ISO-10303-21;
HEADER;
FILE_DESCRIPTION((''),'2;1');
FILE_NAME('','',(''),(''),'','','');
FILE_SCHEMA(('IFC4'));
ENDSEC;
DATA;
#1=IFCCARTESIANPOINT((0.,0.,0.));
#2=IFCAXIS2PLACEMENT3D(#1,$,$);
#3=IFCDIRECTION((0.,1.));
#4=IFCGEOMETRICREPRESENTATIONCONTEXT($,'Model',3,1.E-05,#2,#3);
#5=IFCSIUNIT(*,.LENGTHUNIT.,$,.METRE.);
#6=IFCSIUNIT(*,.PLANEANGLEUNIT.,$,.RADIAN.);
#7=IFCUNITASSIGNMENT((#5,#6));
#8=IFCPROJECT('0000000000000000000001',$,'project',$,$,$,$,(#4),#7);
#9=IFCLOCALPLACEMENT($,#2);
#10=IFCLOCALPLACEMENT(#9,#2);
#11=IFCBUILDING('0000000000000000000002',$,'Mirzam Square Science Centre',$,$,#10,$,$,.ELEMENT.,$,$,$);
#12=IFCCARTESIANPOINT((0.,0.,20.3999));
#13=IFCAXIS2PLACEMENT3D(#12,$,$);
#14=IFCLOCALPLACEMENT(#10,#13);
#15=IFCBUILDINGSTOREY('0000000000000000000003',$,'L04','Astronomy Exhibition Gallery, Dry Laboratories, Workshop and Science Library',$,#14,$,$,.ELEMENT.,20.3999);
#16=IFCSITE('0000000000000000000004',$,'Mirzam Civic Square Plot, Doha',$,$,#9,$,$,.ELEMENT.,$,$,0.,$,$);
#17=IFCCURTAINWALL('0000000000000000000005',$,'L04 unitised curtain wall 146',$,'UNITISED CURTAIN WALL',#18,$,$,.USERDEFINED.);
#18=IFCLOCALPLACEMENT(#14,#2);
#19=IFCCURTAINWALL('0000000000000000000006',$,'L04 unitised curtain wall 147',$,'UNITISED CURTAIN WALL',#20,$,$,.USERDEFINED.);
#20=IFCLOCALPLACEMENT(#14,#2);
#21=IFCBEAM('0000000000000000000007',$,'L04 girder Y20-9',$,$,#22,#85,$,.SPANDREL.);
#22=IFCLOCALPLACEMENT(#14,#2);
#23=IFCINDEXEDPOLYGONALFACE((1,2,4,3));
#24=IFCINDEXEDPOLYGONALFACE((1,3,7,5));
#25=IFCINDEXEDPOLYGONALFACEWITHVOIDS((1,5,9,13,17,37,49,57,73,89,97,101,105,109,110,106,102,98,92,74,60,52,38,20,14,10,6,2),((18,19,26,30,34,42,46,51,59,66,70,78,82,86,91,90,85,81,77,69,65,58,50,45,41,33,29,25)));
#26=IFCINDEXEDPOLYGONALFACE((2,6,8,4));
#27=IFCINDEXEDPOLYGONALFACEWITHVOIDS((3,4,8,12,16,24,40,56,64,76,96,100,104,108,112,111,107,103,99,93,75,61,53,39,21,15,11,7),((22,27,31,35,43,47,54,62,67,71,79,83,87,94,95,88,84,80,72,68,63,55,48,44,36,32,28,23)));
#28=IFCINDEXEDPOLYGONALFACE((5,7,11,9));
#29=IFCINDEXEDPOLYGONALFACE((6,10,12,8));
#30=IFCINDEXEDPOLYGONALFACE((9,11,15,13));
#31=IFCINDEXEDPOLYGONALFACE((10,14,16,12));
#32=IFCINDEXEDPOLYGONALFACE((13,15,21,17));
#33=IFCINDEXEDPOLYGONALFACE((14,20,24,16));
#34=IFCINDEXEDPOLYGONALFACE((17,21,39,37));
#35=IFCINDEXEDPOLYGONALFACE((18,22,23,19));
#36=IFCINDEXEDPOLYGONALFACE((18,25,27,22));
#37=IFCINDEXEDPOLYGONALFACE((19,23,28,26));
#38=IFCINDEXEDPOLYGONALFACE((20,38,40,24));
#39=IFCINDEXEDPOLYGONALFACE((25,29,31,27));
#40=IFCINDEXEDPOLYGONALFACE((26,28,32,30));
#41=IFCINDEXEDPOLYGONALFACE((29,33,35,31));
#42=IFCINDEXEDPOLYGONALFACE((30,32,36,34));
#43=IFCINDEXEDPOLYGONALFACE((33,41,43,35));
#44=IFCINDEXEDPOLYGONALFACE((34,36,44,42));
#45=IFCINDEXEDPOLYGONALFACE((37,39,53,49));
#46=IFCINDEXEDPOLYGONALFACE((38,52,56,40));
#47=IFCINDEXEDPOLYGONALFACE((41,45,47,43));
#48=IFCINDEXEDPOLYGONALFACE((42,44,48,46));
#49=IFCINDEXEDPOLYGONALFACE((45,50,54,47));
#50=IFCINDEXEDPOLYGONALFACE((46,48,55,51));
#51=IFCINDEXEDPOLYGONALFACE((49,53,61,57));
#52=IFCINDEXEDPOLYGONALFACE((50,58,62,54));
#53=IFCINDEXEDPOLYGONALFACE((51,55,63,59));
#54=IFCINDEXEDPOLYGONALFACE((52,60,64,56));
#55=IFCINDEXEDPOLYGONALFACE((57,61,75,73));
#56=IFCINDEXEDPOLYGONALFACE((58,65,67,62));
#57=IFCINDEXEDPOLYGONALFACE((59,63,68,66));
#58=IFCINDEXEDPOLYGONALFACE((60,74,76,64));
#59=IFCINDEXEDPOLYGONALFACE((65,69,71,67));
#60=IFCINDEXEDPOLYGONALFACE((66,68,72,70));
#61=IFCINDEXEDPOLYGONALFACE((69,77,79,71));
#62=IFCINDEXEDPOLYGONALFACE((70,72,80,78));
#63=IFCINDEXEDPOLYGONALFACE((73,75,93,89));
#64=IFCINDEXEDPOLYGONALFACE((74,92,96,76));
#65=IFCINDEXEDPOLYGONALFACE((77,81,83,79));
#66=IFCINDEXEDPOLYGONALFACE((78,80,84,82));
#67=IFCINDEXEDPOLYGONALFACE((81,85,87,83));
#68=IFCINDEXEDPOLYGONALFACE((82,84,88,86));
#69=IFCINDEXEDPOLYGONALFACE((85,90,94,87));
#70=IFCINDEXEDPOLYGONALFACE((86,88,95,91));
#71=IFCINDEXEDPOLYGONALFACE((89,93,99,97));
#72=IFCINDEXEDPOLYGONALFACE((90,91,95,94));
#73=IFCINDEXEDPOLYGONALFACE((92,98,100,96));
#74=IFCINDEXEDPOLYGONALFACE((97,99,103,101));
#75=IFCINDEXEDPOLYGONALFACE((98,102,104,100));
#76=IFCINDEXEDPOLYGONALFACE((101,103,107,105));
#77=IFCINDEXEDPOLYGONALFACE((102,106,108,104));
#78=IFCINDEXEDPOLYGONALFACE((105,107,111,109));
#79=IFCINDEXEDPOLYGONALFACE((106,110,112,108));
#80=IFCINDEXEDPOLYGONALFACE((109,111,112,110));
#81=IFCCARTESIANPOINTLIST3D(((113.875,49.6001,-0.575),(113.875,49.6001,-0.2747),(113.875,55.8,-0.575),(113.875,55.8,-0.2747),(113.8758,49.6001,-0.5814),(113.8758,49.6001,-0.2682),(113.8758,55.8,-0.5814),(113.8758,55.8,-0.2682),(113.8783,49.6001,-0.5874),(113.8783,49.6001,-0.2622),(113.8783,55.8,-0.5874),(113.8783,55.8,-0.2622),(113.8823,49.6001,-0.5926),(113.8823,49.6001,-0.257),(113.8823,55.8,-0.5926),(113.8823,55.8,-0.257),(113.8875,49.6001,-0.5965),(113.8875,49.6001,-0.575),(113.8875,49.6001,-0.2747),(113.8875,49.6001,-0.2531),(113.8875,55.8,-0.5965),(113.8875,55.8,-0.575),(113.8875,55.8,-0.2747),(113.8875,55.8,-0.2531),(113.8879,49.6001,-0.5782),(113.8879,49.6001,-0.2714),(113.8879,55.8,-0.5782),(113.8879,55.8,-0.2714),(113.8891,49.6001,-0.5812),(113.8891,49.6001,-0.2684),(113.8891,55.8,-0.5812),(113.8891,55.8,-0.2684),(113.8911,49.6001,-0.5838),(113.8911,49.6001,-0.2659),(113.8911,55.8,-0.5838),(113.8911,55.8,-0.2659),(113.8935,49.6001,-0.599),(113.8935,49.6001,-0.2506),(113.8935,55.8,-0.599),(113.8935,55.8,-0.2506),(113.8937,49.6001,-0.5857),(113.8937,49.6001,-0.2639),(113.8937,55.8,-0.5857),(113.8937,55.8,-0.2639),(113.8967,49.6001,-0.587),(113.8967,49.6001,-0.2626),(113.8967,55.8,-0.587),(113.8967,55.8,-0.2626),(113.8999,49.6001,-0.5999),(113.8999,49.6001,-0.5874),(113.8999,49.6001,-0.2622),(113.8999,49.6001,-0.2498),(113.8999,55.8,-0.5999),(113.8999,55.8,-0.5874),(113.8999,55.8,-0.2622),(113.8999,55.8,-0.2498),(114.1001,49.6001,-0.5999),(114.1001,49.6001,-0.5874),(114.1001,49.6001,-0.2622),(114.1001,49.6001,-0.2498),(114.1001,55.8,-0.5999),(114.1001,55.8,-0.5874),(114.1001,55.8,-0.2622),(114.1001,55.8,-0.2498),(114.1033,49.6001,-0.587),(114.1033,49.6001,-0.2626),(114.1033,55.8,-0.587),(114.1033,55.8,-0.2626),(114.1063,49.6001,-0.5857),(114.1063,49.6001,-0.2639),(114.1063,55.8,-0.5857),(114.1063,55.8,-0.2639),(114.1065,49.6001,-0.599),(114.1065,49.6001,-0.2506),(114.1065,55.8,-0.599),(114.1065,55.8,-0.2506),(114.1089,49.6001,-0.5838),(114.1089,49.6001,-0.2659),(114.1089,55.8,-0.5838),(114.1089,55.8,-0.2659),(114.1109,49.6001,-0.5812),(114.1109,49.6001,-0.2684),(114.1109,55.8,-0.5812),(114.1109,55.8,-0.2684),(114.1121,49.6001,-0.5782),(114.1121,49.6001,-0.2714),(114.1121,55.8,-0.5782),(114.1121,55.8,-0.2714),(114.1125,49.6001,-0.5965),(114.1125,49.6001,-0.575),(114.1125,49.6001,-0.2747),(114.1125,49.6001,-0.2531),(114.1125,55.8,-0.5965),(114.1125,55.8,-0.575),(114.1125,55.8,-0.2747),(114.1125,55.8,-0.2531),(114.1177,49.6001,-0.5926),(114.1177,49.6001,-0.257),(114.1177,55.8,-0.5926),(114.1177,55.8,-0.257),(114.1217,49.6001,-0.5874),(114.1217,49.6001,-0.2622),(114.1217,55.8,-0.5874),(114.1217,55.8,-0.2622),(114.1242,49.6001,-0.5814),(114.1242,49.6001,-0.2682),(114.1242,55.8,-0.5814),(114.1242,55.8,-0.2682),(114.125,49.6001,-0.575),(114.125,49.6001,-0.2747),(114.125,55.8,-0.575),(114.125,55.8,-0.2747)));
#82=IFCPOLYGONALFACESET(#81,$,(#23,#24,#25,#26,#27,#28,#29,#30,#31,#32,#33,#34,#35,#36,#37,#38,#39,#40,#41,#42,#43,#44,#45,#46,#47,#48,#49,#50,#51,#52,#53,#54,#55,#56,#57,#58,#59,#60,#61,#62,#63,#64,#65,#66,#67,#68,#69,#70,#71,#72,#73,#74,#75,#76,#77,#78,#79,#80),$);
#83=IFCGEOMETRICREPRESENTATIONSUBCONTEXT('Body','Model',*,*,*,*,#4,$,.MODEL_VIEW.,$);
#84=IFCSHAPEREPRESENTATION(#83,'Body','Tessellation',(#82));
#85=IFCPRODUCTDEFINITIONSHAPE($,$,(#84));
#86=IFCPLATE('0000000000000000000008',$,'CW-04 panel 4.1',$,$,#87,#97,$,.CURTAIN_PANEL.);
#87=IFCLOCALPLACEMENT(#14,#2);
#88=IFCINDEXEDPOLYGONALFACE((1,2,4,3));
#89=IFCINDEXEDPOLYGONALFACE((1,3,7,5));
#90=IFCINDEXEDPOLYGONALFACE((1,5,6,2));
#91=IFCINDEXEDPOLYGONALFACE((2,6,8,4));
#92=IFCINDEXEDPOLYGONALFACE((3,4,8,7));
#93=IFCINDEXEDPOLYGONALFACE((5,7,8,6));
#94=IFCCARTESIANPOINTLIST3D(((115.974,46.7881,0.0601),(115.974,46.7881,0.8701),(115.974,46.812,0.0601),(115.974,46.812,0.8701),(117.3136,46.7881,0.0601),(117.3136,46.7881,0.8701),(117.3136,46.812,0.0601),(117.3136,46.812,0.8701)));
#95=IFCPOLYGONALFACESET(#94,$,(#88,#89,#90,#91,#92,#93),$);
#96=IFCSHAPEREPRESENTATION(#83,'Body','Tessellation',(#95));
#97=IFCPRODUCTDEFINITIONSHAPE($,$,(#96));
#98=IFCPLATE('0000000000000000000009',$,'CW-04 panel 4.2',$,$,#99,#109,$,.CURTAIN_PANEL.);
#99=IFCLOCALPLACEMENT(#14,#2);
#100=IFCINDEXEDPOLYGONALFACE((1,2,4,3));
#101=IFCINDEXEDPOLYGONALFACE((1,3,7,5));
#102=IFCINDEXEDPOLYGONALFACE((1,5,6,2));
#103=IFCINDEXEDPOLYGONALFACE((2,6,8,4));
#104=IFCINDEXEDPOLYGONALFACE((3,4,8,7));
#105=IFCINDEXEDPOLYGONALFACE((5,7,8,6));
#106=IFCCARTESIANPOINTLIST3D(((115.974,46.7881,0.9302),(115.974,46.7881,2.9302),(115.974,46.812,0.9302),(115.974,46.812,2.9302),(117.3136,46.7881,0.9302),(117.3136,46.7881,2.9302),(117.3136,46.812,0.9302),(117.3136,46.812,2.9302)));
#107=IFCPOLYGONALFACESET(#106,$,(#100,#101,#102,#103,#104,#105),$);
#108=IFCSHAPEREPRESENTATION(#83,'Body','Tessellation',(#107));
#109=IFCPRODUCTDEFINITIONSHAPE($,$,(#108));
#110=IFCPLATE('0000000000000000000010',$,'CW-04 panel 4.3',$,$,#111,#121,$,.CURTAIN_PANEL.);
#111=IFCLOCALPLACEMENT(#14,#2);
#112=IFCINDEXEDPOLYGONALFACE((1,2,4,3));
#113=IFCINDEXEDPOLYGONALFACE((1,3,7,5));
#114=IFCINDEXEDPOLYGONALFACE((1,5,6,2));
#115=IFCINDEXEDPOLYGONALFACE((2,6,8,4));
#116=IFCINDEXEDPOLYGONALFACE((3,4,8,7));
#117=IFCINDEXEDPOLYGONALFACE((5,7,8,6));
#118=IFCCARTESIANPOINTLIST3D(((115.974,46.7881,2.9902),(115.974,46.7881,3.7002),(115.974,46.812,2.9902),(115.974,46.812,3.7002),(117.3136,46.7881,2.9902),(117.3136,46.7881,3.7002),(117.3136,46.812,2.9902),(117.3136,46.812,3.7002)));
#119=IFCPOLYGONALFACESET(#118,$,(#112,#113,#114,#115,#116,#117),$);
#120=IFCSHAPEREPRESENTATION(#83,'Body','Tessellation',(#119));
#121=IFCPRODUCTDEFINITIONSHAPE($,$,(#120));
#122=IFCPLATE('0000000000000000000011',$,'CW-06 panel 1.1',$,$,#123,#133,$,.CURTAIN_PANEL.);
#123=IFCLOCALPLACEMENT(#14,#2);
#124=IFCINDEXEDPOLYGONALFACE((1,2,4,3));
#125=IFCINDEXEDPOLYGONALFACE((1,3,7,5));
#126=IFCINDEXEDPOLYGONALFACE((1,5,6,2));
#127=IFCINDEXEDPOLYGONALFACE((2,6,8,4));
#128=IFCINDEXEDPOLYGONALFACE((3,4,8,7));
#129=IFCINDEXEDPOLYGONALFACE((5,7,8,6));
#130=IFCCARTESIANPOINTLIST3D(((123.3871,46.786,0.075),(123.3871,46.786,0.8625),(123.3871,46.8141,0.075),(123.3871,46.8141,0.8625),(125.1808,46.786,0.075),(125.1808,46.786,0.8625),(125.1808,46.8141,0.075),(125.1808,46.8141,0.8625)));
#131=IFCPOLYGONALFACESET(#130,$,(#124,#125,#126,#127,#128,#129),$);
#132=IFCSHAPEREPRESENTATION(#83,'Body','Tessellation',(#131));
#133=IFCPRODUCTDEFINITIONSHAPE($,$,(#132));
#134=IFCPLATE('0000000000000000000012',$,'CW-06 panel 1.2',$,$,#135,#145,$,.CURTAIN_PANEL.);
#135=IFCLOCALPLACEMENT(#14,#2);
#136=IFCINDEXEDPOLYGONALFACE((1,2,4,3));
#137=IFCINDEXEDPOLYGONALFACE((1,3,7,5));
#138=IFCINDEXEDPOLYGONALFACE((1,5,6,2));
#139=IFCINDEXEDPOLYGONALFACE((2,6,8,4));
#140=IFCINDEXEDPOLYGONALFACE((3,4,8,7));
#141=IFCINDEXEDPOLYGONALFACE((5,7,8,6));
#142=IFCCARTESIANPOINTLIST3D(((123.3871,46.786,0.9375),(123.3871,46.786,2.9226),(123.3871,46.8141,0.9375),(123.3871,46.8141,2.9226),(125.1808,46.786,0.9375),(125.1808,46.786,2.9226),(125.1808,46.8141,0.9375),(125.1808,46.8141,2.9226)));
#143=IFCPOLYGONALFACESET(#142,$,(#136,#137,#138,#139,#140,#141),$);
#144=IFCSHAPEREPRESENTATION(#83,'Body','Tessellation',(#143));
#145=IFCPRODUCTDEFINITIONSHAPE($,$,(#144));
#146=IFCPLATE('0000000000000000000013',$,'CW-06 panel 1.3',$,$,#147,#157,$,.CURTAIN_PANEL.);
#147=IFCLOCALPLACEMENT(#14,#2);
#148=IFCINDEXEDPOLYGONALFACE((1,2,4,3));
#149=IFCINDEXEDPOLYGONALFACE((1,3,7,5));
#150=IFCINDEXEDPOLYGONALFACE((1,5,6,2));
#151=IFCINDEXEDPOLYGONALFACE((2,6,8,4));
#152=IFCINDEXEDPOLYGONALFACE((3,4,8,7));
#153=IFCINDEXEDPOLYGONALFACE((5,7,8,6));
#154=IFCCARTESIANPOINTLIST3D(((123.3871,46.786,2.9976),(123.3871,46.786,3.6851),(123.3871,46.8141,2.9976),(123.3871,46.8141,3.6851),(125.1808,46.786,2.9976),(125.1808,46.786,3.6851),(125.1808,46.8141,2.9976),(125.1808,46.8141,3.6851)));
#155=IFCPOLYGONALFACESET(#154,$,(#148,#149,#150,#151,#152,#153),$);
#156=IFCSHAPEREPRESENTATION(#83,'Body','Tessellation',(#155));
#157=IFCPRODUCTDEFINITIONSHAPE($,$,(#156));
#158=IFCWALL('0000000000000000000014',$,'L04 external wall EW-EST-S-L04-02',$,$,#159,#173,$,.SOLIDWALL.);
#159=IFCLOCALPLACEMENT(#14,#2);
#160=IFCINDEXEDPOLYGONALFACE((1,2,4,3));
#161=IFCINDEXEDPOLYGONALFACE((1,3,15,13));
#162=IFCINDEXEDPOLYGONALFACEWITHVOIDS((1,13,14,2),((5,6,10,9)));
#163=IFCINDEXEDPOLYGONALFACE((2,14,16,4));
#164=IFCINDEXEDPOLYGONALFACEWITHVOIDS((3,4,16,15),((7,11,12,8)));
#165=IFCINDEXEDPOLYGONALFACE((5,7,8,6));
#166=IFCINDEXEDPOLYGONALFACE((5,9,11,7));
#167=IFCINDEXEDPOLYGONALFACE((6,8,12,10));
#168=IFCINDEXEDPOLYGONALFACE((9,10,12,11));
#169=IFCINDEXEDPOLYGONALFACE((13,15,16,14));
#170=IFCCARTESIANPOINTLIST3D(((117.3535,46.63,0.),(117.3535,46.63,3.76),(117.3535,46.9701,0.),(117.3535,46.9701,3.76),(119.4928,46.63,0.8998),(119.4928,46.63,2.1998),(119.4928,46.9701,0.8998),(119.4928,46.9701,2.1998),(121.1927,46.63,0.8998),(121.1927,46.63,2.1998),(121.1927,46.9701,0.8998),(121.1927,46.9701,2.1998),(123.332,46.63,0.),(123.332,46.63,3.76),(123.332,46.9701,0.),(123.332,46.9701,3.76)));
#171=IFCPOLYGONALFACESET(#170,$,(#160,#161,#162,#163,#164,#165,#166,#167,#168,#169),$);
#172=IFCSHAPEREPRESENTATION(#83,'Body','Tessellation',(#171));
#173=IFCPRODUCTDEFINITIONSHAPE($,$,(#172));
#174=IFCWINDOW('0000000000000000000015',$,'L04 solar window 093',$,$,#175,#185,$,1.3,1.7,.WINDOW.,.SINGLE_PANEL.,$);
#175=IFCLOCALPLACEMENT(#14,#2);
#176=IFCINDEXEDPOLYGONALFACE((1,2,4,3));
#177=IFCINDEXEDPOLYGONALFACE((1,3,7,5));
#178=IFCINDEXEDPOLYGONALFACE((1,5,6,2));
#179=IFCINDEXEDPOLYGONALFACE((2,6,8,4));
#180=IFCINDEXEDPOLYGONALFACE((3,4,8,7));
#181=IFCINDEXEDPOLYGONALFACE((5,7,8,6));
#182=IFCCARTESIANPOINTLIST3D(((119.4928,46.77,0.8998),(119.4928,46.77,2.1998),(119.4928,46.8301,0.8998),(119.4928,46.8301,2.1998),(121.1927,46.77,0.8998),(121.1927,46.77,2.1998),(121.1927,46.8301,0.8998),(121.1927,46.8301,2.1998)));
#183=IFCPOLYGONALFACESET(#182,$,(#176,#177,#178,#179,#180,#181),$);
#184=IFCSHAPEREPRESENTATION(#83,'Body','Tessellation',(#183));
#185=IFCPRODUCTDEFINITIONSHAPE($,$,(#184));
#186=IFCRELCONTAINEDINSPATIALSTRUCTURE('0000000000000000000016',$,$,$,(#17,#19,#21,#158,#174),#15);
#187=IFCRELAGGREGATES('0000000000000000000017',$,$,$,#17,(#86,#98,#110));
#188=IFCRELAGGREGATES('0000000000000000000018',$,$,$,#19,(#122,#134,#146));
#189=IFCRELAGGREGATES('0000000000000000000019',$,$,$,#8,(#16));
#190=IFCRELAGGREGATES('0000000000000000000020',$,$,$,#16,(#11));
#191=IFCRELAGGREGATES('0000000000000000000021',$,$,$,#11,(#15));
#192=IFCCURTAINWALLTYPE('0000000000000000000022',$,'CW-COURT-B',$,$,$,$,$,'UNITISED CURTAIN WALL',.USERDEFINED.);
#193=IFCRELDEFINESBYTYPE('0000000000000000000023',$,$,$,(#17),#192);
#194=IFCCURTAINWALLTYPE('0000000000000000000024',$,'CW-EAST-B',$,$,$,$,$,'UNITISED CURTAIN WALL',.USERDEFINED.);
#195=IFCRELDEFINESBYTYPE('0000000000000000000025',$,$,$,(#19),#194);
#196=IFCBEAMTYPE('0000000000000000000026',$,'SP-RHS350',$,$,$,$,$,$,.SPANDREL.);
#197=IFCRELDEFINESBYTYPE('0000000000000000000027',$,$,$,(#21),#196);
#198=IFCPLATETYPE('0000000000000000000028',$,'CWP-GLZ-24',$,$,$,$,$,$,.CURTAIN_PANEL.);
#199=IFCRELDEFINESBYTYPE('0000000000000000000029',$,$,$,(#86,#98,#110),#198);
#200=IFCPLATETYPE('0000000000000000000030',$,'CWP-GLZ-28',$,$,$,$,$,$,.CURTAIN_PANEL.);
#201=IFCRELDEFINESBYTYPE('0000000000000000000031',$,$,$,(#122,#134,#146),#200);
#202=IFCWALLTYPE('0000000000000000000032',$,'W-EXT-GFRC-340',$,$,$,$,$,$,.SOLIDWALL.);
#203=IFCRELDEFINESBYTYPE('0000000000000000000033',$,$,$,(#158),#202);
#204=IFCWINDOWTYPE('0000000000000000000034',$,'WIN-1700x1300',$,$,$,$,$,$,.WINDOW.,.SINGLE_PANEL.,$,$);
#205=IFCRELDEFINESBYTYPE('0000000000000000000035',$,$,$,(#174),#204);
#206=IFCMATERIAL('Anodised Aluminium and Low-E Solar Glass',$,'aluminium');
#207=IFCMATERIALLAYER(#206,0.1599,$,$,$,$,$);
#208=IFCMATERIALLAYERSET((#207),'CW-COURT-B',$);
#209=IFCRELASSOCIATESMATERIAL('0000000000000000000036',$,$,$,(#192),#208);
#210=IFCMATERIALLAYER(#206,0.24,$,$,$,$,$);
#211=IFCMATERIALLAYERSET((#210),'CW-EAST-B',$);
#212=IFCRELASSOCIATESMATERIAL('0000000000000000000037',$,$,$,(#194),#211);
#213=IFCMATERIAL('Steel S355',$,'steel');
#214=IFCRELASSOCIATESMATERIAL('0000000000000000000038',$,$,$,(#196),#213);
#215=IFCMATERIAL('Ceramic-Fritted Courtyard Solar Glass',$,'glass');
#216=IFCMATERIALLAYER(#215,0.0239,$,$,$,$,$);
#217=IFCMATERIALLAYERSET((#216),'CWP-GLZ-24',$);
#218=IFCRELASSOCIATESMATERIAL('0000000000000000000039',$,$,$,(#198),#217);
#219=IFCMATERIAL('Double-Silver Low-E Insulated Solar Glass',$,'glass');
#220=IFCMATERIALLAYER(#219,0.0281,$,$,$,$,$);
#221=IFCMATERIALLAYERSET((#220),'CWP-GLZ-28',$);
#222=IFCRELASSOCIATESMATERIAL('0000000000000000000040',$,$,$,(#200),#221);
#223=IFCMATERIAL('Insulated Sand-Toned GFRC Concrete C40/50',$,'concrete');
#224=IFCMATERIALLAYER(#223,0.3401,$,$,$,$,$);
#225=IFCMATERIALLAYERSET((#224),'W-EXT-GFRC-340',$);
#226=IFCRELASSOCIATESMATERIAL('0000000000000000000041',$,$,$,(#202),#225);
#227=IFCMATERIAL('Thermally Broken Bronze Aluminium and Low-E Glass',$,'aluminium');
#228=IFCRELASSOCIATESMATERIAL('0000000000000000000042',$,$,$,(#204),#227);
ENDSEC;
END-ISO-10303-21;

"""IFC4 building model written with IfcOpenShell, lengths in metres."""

from ifc_helpers import new_model, si_unit, direction, frame, frame_2d, origin, origin_2d, place, context, subcontext, project, spatial, rectangle, hollow_rectangle, extrude, material, layer, layer_set, material_profile, profile_set, type_object, element, fill, aggregate, save


model = new_model("IFC4")

# Units and contexts
model_context = context("Model", 3, precision=1e-05, world=origin(), true_north=direction((0.0, 1.0)))
body_context = subcontext(model_context, "Body", "Model", "MODEL_VIEW")
ifc_project = project(units=[si_unit("LENGTHUNIT", "METRE"), si_unit("PLANEANGLEUNIT", "RADIAN")], contexts=[model_context])

# Site, building, storey
site_placement = place(None, origin())
site = spatial("IfcSite", under=ifc_project, at=site_placement, Name="Mirzam Civic Square Plot, Doha", CompositionType="ELEMENT", RefElevation=0.0)
building_placement = place(site_placement, origin())
building = spatial("IfcBuilding", under=site, at=building_placement, Name="Mirzam Square Science Centre", CompositionType="ELEMENT")
storey_placement = place(building_placement, frame((0.0, 0.0, 20.3999)))
storey = spatial("IfcBuildingStorey", under=building, at=storey_placement, Name="L04", Description="Astronomy Exhibition Gallery, Dry Laboratories, Workshop and Science Library", CompositionType="ELEMENT", Elevation=20.3999)

# Shared definitions
ifc_material_1 = material(Name="Steel S355", Category="steel")

# Curtain walls
ifc_material_2 = material(Name="Anodised Aluminium and Low-E Solar Glass", Category="aluminium")
ifc_layer_1 = layer(ifc_material_2, 0.1599)
ifc_layer_set_1 = layer_set([ifc_layer_1], Name="CW-COURT-B")
curtain_wall_type_1 = type_object("IfcCurtainWallType", Name="CW-COURT-B", ElementType="UNITISED CURTAIN WALL", PredefinedType="USERDEFINED", material=ifc_layer_set_1)
curtain_wall_1_placement = place(storey_placement, origin())
curtain_wall_1 = element("IfcCurtainWall", 1, at=curtain_wall_1_placement, inside=storey, type_object=curtain_wall_type_1, Name="L04 unitised curtain wall 146", ObjectType="UNITISED CURTAIN WALL", PredefinedType="USERDEFINED")
ifc_layer_2 = layer(ifc_material_2, 0.24)
ifc_layer_set_2 = layer_set([ifc_layer_2], Name="CW-EAST-B")
curtain_wall_type_2 = type_object("IfcCurtainWallType", Name="CW-EAST-B", ElementType="UNITISED CURTAIN WALL", PredefinedType="USERDEFINED", material=ifc_layer_set_2)
curtain_wall_2_placement = place(storey_placement, origin())
curtain_wall_2 = element("IfcCurtainWall", 2, at=curtain_wall_2_placement, inside=storey, type_object=curtain_wall_type_2, Name="L04 unitised curtain wall 147", ObjectType="UNITISED CURTAIN WALL", PredefinedType="USERDEFINED")

# Beam
ifc_material_profile_1 = material_profile(ifc_material_1, hollow_rectangle(XDim=0.25, YDim=0.3501, WallThickness=0.0125, InnerFilletRadius=0.0125, OuterFilletRadius=0.0249, at=origin_2d()), Name="350x250x12.5RHS")
ifc_profile_set_1 = profile_set([ifc_material_profile_1], Name="Steel S355")
beam_type_1 = type_object("IfcBeamType", Name="SP-RHS350", PredefinedType="SPANDREL", material=ifc_profile_set_1)
beam_1_placement = place(storey_placement, frame((114.0, 49.6001, -0.4248), z_axis=(0.0, 1.0, 0.0), x_axis=(-1.0, 0.0, 0.0)))
element("IfcBeam", 3, at=beam_1_placement, inside=storey, type_object=beam_type_1, Name="L04 girder Y20-9", PredefinedType="SPANDREL", context=body_context, shape_type="SweptSolid", body=[
    extrude(hollow_rectangle(XDim=0.25, YDim=0.3501, WallThickness=0.0125, InnerFilletRadius=0.0125, OuterFilletRadius=0.0249, at=origin_2d()), origin(), (0.0, 0.0, 1.0), 6.2),
])

# Plates
ifc_material_3 = material(Name="Ceramic-Fritted Courtyard Solar Glass", Category="glass")
ifc_layer_3 = layer(ifc_material_3, 0.0239)
ifc_layer_set_3 = layer_set([ifc_layer_3], Name="CWP-GLZ-24")
plate_type_1 = type_object("IfcPlateType", Name="CWP-GLZ-24", PredefinedType="CURTAIN_PANEL", material=ifc_layer_set_3)
plate_1_placement = place(storey_placement, frame((116.6438, 46.8, 0.0601), z_axis=(0.0, 0.0, 1.0), x_axis=(1.0, 0.0, 0.0)))
plate_1 = element("IfcPlate", 4, at=plate_1_placement, type_object=plate_type_1, Name="CW-04 panel 4.1", PredefinedType="CURTAIN_PANEL", context=body_context, shape_type="SweptSolid", body=[
    extrude(rectangle(XDim=1.3396, YDim=0.0239, at=origin_2d()), origin(), (0.0, 0.0, 1.0), 0.8101),
])
plate_2_placement = place(storey_placement, frame((116.6438, 46.8, 0.9302), z_axis=(0.0, 0.0, 1.0), x_axis=(1.0, 0.0, 0.0)))
plate_2 = element("IfcPlate", 5, at=plate_2_placement, type_object=plate_type_1, Name="CW-04 panel 4.2", PredefinedType="CURTAIN_PANEL", context=body_context, shape_type="SweptSolid", body=[
    extrude(rectangle(XDim=1.3396, YDim=0.0239, at=origin_2d()), origin(), (0.0, 0.0, 1.0), 2.0),
])
plate_3_placement = place(storey_placement, frame((116.6438, 46.8, 2.9902), z_axis=(0.0, 0.0, 1.0), x_axis=(1.0, 0.0, 0.0)))
plate_3 = element("IfcPlate", 6, at=plate_3_placement, type_object=plate_type_1, Name="CW-04 panel 4.3", PredefinedType="CURTAIN_PANEL", context=body_context, shape_type="SweptSolid", body=[
    extrude(rectangle(XDim=1.3396, YDim=0.0239, at=origin_2d()), origin(), (0.0, 0.0, 1.0), 0.71),
])
aggregate(curtain_wall_1, [plate_1, plate_2, plate_3])
ifc_material_4 = material(Name="Double-Silver Low-E Insulated Solar Glass", Category="glass")
ifc_layer_4 = layer(ifc_material_4, 0.0281)
ifc_layer_set_4 = layer_set([ifc_layer_4], Name="CWP-GLZ-28")
plate_type_2 = type_object("IfcPlateType", Name="CWP-GLZ-28", PredefinedType="CURTAIN_PANEL", material=ifc_layer_set_4)
plate_4_placement = place(storey_placement, frame((124.2839, 46.8, 0.075), z_axis=(0.0, 0.0, 1.0), x_axis=(1.0, 0.0, 0.0)))
plate_4 = element("IfcPlate", 7, at=plate_4_placement, type_object=plate_type_2, Name="CW-06 panel 1.1", PredefinedType="CURTAIN_PANEL", context=body_context, shape_type="SweptSolid", body=[
    extrude(rectangle(XDim=1.7937, YDim=0.0281, at=origin_2d()), origin(), (0.0, 0.0, 1.0), 0.7876),
])
plate_5_placement = place(storey_placement, frame((124.2839, 46.8, 0.9375), z_axis=(0.0, 0.0, 1.0), x_axis=(1.0, 0.0, 0.0)))
plate_5 = element("IfcPlate", 8, at=plate_5_placement, type_object=plate_type_2, Name="CW-06 panel 1.2", PredefinedType="CURTAIN_PANEL", context=body_context, shape_type="SweptSolid", body=[
    extrude(rectangle(XDim=1.7937, YDim=0.0281, at=origin_2d()), origin(), (0.0, 0.0, 1.0), 1.9851),
])
plate_6_placement = place(storey_placement, frame((124.2839, 46.8, 2.9976), z_axis=(0.0, 0.0, 1.0), x_axis=(1.0, 0.0, 0.0)))
plate_6 = element("IfcPlate", 9, at=plate_6_placement, type_object=plate_type_2, Name="CW-06 panel 1.3", PredefinedType="CURTAIN_PANEL", context=body_context, shape_type="SweptSolid", body=[
    extrude(rectangle(XDim=1.7937, YDim=0.0281, at=origin_2d()), origin(), (0.0, 0.0, 1.0), 0.6875),
])
aggregate(curtain_wall_2, [plate_4, plate_5, plate_6])

# Wall, opening, window
ifc_material_5 = material(Name="Insulated Sand-Toned GFRC Concrete C40/50", Category="concrete")
ifc_layer_5 = layer(ifc_material_5, 0.3401)
ifc_layer_set_5 = layer_set([ifc_layer_5], Name="W-EXT-GFRC-340")
wall_type_1 = type_object("IfcWallType", Name="W-EXT-GFRC-340", PredefinedType="SOLIDWALL", material=ifc_layer_set_5)
wall_1_placement = place(storey_placement, frame((117.3535, 46.8, 0.0), z_axis=(0.0, 0.0, 1.0), x_axis=(1.0, 0.0, 0.0)))
wall_1 = element("IfcWall", 10, at=wall_1_placement, inside=storey, type_object=wall_type_1, Name="L04 external wall EW-EST-S-L04-02", PredefinedType="SOLIDWALL", context=body_context, shape_type="SweptSolid", body=[
    extrude(rectangle(XDim=5.9785, YDim=0.3401, at=frame_2d((2.9893, 0.0))), origin(), (0.0, 0.0, 1.0), 3.76),
])
opening_placement = place(wall_1_placement, frame((2.1392, 0.0, 0.8999)))
opening = element("IfcOpeningElement", 11, at=opening_placement, cuts=wall_1, PredefinedType="OPENING", context=body_context, shape_type="SweptSolid", body=[
    extrude(rectangle(XDim=1.7, YDim=1.3, at=frame_2d((0.8501, 0.6499))), frame((0.0, 0.1799, 0.0), z_axis=(0.0, -1.0, 0.0), x_axis=(1.0, 0.0, 0.0)), (0.0, 0.0, 1.0), 0.3601),
])
ifc_material_6 = material(Name="Thermally Broken Bronze Aluminium and Low-E Glass", Category="aluminium")
window_type = type_object("IfcWindowType", Name="WIN-1700x1300", PartitioningType="SINGLE_PANEL", PredefinedType="WINDOW", material=ifc_material_6)
window_placement = place(opening_placement, origin())
window = element("IfcWindow", 12, at=window_placement, inside=storey, type_object=window_type, Name="L04 solar window 093", OverallHeight=1.3, OverallWidth=1.7, PartitioningType="SINGLE_PANEL", PredefinedType="WINDOW", context=body_context, shape_type="SweptSolid", body=[
    extrude(rectangle(XDim=1.7, YDim=1.3, at=frame_2d((0.8501, 0.6499))), frame((0.0, 0.03, 0.0), z_axis=(0.0, -1.0, 0.0), x_axis=(1.0, 0.0, 0.0)), (0.0, 0.0, 1.0), 0.0601),
])
fill(opening, window)

save(model, "model.ifc")
